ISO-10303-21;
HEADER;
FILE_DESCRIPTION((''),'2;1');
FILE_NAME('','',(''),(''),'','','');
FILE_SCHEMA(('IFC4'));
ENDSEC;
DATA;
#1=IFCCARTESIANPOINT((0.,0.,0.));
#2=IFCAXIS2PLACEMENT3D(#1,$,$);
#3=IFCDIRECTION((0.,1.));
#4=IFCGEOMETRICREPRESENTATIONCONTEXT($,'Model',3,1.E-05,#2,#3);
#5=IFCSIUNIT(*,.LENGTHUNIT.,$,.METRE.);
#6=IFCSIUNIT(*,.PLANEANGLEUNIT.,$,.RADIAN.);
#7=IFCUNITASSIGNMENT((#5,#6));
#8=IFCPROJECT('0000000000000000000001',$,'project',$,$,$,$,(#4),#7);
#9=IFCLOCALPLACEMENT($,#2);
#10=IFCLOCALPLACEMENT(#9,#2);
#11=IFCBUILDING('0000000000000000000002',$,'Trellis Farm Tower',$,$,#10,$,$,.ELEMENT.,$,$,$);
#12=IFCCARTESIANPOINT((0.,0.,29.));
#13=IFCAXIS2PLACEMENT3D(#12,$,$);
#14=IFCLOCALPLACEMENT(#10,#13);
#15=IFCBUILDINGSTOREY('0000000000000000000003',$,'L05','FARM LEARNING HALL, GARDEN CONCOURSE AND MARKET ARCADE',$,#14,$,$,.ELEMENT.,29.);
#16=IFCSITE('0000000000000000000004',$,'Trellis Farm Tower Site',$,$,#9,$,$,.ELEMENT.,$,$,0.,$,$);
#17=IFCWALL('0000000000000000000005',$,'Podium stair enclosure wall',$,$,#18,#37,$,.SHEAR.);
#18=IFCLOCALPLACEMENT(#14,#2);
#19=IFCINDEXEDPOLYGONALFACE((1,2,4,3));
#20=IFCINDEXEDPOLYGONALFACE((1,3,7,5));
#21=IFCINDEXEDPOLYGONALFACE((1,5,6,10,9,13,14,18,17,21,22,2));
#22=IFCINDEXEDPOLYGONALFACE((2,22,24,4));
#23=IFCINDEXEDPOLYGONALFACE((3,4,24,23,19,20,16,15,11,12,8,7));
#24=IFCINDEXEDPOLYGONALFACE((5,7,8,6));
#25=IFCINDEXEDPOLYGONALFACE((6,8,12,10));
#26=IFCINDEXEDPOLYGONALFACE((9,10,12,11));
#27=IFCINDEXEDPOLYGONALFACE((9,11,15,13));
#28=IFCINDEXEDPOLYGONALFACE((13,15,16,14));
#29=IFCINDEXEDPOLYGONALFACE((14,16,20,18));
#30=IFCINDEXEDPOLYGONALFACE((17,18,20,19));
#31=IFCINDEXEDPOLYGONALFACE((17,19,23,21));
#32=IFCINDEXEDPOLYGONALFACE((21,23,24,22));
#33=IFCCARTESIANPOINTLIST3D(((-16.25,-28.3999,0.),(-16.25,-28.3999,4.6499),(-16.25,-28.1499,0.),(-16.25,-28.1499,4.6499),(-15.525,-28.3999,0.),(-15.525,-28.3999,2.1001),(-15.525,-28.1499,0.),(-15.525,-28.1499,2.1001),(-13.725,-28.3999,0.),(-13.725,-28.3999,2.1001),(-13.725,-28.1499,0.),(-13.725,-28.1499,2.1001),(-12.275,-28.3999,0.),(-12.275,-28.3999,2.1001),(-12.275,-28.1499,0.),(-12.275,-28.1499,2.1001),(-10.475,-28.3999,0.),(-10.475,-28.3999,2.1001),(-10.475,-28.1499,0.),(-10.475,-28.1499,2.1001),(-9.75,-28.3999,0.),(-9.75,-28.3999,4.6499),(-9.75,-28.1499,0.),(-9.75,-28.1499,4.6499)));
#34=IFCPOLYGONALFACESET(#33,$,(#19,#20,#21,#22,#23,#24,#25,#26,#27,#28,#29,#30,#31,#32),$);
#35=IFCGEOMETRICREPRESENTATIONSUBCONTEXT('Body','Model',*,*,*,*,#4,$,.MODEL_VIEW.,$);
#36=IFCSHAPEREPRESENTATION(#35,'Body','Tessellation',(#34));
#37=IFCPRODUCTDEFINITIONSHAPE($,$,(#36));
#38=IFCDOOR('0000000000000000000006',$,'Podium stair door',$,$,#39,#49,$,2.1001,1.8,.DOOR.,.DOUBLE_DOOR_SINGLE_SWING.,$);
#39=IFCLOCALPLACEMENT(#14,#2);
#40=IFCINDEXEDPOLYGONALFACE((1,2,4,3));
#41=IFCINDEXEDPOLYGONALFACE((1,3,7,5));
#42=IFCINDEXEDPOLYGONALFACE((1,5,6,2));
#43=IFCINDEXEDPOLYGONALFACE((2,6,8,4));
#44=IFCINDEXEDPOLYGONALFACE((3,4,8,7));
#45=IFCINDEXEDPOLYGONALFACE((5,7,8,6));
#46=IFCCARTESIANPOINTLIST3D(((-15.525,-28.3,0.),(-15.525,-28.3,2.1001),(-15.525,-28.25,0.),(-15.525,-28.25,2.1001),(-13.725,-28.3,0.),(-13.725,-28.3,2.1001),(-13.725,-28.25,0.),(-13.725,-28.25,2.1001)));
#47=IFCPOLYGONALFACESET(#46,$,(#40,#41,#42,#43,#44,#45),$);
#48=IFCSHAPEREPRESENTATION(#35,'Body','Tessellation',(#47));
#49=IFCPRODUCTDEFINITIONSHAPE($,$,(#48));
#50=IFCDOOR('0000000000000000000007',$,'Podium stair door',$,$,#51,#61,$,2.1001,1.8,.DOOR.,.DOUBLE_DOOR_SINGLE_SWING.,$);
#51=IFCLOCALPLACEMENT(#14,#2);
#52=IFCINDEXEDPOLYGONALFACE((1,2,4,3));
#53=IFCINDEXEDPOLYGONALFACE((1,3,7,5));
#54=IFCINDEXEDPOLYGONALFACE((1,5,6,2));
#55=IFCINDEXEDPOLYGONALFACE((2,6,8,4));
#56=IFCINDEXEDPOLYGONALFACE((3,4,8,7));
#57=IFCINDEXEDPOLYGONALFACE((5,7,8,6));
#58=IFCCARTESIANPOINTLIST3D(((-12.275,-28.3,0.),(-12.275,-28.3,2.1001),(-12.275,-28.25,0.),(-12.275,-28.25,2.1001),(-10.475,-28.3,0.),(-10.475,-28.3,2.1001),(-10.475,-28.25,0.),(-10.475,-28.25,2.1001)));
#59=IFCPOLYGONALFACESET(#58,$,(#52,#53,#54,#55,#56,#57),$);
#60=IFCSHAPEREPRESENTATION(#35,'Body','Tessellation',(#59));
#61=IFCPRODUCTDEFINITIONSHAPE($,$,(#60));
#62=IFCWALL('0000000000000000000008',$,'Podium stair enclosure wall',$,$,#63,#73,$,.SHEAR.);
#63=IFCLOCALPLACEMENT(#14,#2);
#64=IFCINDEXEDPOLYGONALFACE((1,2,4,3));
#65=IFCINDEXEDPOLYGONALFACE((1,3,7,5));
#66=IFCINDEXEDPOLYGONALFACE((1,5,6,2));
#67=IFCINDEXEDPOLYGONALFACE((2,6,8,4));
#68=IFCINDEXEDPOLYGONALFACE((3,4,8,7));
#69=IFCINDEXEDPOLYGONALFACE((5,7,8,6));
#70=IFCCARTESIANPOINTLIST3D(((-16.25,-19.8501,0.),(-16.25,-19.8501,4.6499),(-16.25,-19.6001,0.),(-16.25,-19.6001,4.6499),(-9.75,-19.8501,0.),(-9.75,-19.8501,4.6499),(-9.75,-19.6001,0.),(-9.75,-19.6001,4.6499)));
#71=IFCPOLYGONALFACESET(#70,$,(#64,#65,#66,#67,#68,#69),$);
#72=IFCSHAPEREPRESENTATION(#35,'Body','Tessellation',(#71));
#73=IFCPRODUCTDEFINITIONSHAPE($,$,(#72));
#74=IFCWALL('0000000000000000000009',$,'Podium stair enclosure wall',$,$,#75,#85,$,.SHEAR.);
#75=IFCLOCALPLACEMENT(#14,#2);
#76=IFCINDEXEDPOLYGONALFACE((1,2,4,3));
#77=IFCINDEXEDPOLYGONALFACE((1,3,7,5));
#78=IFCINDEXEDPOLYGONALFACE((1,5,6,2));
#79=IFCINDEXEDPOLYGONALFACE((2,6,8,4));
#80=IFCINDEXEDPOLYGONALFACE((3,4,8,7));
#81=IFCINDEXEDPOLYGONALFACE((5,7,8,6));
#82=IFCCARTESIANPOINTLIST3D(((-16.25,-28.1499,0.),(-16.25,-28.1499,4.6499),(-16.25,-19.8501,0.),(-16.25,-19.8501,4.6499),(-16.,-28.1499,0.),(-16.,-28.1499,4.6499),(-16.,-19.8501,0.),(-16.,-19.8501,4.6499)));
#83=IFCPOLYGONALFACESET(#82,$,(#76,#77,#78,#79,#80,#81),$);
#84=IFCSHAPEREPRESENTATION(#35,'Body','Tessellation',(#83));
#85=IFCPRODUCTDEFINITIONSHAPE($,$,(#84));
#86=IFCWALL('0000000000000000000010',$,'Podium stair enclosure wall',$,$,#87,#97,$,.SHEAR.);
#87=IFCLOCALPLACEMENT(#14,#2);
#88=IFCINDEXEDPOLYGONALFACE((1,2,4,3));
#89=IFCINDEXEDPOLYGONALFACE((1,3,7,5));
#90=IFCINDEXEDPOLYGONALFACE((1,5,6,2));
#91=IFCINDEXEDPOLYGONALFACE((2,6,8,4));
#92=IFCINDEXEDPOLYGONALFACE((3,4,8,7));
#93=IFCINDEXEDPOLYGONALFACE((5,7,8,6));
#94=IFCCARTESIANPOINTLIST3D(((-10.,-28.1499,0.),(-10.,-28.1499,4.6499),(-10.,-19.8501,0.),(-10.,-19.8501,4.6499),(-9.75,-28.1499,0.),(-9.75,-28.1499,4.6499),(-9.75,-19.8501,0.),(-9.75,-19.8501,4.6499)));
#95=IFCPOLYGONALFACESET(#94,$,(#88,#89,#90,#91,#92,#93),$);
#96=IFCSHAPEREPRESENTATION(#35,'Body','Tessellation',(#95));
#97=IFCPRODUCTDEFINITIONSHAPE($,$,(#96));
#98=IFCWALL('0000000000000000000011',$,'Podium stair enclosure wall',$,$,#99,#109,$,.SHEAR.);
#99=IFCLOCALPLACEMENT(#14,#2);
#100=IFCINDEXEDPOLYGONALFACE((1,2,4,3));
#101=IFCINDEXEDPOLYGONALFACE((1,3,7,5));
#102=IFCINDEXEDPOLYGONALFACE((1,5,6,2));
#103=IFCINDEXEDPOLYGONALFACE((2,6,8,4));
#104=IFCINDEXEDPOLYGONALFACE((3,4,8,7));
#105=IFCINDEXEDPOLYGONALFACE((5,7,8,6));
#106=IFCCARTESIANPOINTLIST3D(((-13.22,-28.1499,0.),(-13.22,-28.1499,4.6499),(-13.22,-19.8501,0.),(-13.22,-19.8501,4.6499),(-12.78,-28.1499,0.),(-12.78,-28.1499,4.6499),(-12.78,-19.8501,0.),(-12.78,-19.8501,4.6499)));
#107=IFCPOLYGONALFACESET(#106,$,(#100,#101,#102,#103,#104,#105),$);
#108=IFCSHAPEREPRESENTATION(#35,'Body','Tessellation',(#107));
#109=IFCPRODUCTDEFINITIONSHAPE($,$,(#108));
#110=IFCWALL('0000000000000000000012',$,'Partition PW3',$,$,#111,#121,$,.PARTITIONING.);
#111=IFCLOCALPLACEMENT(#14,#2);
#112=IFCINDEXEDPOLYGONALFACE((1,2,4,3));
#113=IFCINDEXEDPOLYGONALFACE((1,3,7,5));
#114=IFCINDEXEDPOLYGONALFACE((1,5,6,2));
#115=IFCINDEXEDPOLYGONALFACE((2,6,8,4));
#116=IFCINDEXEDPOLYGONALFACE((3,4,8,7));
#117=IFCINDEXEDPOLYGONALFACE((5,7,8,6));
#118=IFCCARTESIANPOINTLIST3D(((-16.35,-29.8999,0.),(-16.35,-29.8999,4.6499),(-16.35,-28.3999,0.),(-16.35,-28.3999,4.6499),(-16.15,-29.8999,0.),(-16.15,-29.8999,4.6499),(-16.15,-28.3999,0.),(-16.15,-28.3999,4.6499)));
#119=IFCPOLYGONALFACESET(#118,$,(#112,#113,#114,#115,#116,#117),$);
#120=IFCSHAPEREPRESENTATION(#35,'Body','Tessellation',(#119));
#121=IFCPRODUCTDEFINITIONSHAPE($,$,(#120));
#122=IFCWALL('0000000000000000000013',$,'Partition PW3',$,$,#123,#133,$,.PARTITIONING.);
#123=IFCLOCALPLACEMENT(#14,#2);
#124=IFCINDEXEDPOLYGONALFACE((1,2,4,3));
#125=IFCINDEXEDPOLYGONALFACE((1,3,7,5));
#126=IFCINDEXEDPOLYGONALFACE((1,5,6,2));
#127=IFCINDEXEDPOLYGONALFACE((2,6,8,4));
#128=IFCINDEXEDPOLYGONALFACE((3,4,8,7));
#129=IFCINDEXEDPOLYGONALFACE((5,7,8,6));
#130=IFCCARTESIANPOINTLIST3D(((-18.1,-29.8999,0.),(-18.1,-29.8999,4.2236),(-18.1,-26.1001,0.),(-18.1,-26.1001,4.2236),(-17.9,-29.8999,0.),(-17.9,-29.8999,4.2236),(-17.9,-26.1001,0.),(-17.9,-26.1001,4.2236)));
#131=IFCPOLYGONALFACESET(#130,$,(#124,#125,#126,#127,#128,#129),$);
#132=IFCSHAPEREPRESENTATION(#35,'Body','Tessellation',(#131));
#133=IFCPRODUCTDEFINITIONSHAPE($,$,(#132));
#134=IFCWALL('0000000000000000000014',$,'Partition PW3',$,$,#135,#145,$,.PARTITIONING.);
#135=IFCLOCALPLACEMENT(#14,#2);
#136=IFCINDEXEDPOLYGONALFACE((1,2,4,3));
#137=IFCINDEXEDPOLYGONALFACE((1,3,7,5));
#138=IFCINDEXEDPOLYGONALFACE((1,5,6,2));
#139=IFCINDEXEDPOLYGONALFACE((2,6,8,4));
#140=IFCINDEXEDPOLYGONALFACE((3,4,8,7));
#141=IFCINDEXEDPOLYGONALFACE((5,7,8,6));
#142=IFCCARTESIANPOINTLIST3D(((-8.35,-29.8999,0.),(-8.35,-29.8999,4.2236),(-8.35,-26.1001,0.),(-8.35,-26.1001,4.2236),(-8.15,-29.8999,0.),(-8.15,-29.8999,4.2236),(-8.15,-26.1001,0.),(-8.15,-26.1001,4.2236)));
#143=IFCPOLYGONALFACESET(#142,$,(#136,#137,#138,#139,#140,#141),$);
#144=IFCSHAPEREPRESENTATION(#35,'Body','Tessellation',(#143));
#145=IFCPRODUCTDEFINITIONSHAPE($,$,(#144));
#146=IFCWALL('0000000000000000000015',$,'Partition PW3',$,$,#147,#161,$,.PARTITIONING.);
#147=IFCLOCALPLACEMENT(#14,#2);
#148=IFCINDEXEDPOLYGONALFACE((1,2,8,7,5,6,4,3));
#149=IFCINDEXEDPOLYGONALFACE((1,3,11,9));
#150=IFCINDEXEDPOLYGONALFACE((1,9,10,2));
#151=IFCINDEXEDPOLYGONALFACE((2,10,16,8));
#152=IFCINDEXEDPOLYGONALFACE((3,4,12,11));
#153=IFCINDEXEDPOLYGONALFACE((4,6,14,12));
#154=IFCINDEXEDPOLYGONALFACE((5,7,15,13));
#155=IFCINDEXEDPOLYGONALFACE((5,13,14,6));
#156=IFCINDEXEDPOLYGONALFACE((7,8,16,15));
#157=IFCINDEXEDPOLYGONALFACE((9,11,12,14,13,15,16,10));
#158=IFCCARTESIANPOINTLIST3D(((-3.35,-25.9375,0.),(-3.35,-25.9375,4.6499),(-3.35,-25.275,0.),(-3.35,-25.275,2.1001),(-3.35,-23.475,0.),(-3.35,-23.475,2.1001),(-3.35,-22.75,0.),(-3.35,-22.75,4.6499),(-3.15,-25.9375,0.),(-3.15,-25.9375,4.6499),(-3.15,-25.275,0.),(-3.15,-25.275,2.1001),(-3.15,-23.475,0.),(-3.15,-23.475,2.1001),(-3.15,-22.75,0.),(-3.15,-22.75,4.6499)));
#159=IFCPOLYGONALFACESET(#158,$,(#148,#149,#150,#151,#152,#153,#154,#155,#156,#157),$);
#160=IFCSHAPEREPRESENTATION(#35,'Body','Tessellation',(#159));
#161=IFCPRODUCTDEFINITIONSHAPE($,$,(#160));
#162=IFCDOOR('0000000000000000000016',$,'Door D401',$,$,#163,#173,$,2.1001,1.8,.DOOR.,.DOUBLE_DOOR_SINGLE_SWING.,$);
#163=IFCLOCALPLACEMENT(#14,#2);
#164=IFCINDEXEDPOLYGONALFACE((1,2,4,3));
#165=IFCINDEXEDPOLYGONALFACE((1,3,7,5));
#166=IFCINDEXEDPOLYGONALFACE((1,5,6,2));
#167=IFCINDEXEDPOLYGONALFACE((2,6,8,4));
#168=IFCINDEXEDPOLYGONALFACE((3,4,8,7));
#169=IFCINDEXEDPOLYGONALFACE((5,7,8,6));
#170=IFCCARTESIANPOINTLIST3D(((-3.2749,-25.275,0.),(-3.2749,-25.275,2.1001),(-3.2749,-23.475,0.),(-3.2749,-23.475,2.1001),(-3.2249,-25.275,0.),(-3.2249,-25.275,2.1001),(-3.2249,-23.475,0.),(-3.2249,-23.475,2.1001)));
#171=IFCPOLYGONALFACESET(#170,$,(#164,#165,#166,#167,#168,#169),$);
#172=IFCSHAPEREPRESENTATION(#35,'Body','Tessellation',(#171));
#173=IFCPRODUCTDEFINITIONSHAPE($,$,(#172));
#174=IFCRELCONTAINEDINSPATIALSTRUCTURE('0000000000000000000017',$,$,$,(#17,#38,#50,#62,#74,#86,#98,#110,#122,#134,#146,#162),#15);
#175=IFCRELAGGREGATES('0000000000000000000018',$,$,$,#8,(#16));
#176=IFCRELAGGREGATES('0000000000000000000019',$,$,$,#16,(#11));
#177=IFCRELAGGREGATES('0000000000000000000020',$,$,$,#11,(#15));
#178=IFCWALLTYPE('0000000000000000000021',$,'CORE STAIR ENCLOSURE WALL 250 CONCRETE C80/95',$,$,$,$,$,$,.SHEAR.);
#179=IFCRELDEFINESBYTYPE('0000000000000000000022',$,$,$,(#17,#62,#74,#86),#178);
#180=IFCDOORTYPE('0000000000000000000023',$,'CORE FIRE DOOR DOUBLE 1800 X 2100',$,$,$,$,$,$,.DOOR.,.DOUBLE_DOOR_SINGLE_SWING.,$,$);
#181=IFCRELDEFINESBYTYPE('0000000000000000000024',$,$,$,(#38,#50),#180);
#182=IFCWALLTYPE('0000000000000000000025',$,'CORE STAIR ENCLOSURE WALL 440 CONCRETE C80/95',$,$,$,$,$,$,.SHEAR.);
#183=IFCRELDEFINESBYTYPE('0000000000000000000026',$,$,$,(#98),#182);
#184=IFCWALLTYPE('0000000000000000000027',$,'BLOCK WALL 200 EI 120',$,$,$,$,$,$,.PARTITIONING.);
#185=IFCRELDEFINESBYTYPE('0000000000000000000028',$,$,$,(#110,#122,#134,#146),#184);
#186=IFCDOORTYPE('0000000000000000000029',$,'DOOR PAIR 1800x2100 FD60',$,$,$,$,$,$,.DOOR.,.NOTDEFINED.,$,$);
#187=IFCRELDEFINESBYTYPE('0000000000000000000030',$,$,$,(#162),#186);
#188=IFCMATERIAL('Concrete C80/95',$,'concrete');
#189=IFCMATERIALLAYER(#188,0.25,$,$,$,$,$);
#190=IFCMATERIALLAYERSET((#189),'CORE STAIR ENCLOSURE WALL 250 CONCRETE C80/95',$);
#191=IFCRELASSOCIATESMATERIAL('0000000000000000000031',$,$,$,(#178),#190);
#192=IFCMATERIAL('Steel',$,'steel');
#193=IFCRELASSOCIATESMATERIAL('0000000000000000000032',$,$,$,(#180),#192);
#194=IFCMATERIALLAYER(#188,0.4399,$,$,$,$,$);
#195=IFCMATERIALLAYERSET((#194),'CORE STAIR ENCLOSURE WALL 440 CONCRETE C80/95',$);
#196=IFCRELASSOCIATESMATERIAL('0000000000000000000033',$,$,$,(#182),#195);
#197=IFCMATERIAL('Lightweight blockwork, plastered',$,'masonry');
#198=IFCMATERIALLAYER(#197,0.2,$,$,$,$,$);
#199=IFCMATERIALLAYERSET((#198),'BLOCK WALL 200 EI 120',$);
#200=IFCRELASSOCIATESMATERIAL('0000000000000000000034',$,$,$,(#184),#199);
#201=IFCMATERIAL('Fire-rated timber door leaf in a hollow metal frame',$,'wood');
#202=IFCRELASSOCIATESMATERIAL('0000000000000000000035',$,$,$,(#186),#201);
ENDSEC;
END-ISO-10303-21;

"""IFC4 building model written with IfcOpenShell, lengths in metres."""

from ifc_helpers import new_model, si_unit, direction, frame, frame_2d, origin, place, context, subcontext, project, spatial, rectangle, extrude, source, transform, mapped, material, layer, layer_set, type_object, element, fill, save


model = new_model("IFC4")

# Units and contexts
model_context = context("Model", 3, precision=1e-05, world=origin(), true_north=direction((0.0, 1.0)))
body_context = subcontext(model_context, "Body", "Model", "MODEL_VIEW")
ifc_project = project(units=[si_unit("LENGTHUNIT", "METRE"), si_unit("PLANEANGLEUNIT", "RADIAN")], contexts=[model_context])

# Site, building, storey
site_placement = place(None, origin())
site = spatial("IfcSite", under=ifc_project, at=site_placement, Name="Trellis Farm Tower Site", CompositionType="ELEMENT", RefElevation=0.0)
building_placement = place(site_placement, origin())
building = spatial("IfcBuilding", under=site, at=building_placement, Name="Trellis Farm Tower", CompositionType="ELEMENT")
storey_placement = place(building_placement, frame((0.0, 0.0, 29.0)))
storey = spatial("IfcBuildingStorey", under=building, at=storey_placement, Name="L05", Description="FARM LEARNING HALL, GARDEN CONCOURSE AND MARKET ARCADE", CompositionType="ELEMENT", Elevation=29.0)

# Shared definitions
ifc_material_1 = material(Name="Concrete C80/95", Category="concrete")

# Wall, openings, doors
ifc_layer_1 = layer(ifc_material_1, 0.25)
ifc_layer_set_1 = layer_set([ifc_layer_1], Name="CORE STAIR ENCLOSURE WALL 250 CONCRETE C80/95")
wall_type_1 = type_object("IfcWallType", Name="CORE STAIR ENCLOSURE WALL 250 CONCRETE C80/95", PredefinedType="SHEAR", material=ifc_layer_set_1)
shared_shape_1 = source(origin(), body_context, "Body", "SweptSolid", [
    extrude(rectangle(XDim=6.5, YDim=0.25, at=frame_2d((3.25, 0.0))), origin(), (0.0, 0.0, 1.0), 4.6499),
])
wall_1_placement = place(storey_placement, frame((-16.25, -28.2749, 0.0), z_axis=(0.0, 0.0, 1.0), x_axis=(1.0, 0.0, 0.0)))
wall_1 = element("IfcWall", 1, at=wall_1_placement, inside=storey, type_object=wall_type_1, Name="Podium stair enclosure wall", PredefinedType="SHEAR", context=body_context, shape_type="MappedRepresentation", body=[
    mapped(shared_shape_1, transform((0.0, 0.0, 0.0))),
])
shared_shape_2 = source(origin(), body_context, "Body", "SweptSolid", [
    extrude(rectangle(XDim=1.8, YDim=2.1001, at=frame_2d((0.8999, 1.05))), frame((0.0, 0.135, 0.0), z_axis=(0.0, -1.0, 0.0), x_axis=(1.0, 0.0, 0.0)), (0.0, 0.0, 1.0), 0.27),
])
opening_1_placement = place(wall_1_placement, frame((0.7251, 0.0, 0.0)))
opening_1 = element("IfcOpeningElement", 2, at=opening_1_placement, cuts=wall_1, PredefinedType="OPENING", context=body_context, shape_type="MappedRepresentation", body=[
    mapped(shared_shape_2, transform((0.0, 0.0, 0.0))),
])
opening_2_placement = place(wall_1_placement, frame((3.9751, 0.0, 0.0)))
opening_2 = element("IfcOpeningElement", 3, at=opening_2_placement, cuts=wall_1, PredefinedType="OPENING", context=body_context, shape_type="MappedRepresentation", body=[
    mapped(shared_shape_2, transform((0.0, 0.0, 0.0))),
])
ifc_material_2 = material(Name="Steel", Category="steel")
door_type_1 = type_object("IfcDoorType", Name="CORE FIRE DOOR DOUBLE 1800 X 2100", OperationType="DOUBLE_DOOR_SINGLE_SWING", PredefinedType="DOOR", material=ifc_material_2)
shared_shape_3 = source(origin(), body_context, "Body", "SweptSolid", [
    extrude(rectangle(XDim=1.8, YDim=2.1001, at=frame_2d((0.8999, 1.05))), frame((0.0, 0.0249, 0.0), z_axis=(0.0, -1.0, 0.0), x_axis=(1.0, 0.0, 0.0)), (0.0, 0.0, 1.0), 0.05),
])
door_1_placement = place(opening_1_placement, origin())
door_1 = element("IfcDoor", 4, at=door_1_placement, inside=storey, type_object=door_type_1, Name="Podium stair door", OperationType="DOUBLE_DOOR_SINGLE_SWING", OverallHeight=2.1001, OverallWidth=1.8, PredefinedType="DOOR", context=body_context, shape_type="MappedRepresentation", body=[
    mapped(shared_shape_3, transform((0.0, 0.0, 0.0))),
])
fill(opening_1, door_1)
door_2_placement = place(opening_2_placement, origin())
door_2 = element("IfcDoor", 5, at=door_2_placement, inside=storey, type_object=door_type_1, Name="Podium stair door", OperationType="DOUBLE_DOOR_SINGLE_SWING", OverallHeight=2.1001, OverallWidth=1.8, PredefinedType="DOOR", context=body_context, shape_type="MappedRepresentation", body=[
    mapped(shared_shape_3, transform((0.0, 0.0, 0.0))),
])
fill(opening_2, door_2)

# Walls
wall_2_placement = place(storey_placement, frame((-16.25, -19.7251, 0.0), z_axis=(0.0, 0.0, 1.0), x_axis=(1.0, 0.0, 0.0)))
element("IfcWall", 6, at=wall_2_placement, inside=storey, type_object=wall_type_1, Name="Podium stair enclosure wall", PredefinedType="SHEAR", context=body_context, shape_type="MappedRepresentation", body=[
    mapped(shared_shape_1, transform((0.0, 0.0, 0.0))),
])
shared_shape_4 = source(origin(), body_context, "Body", "SweptSolid", [
    extrude(rectangle(XDim=8.2998, YDim=0.25, at=frame_2d((4.1499, 0.0))), origin(), (0.0, 0.0, 1.0), 4.6499),
])
for number, where, z_axis, x_axis, name in (
    (7, (-16.125, -28.1499, 0.0), (0.0, 0.0, 1.0), (0.0, 1.0, 0.0), "Podium stair enclosure wall"),
    (8, (-9.875, -28.1499, 0.0), (0.0, 0.0, 1.0), (0.0, 1.0, 0.0), "Podium stair enclosure wall"),
):
    element("IfcWall", number, at=place(storey_placement, frame(where, z_axis=z_axis, x_axis=x_axis)), inside=storey, type_object=wall_type_1, Name=name, PredefinedType="SHEAR", context=body_context, shape_type="MappedRepresentation", body=[
        mapped(shared_shape_4, transform((0.0, 0.0, 0.0))),
    ])
ifc_layer_2 = layer(ifc_material_1, 0.4399)
ifc_layer_set_2 = layer_set([ifc_layer_2], Name="CORE STAIR ENCLOSURE WALL 440 CONCRETE C80/95")
wall_type_2 = type_object("IfcWallType", Name="CORE STAIR ENCLOSURE WALL 440 CONCRETE C80/95", PredefinedType="SHEAR", material=ifc_layer_set_2)
shared_shape_5 = source(origin(), body_context, "Body", "SweptSolid", [
    extrude(rectangle(XDim=8.2998, YDim=0.4399, at=frame_2d((4.1499, 0.0))), origin(), (0.0, 0.0, 1.0), 4.6499),
])
wall_3_placement = place(storey_placement, frame((-13.0, -28.1499, 0.0), z_axis=(0.0, 0.0, 1.0), x_axis=(0.0, 1.0, 0.0)))
element("IfcWall", 9, at=wall_3_placement, inside=storey, type_object=wall_type_2, Name="Podium stair enclosure wall", PredefinedType="SHEAR", context=body_context, shape_type="MappedRepresentation", body=[
    mapped(shared_shape_5, transform((0.0, 0.0, 0.0))),
])
ifc_material_3 = material(Name="Lightweight blockwork, plastered", Category="masonry")
ifc_layer_3 = layer(ifc_material_3, 0.2)
ifc_layer_set_3 = layer_set([ifc_layer_3], Name="BLOCK WALL 200 EI 120")
wall_type_3 = type_object("IfcWallType", Name="BLOCK WALL 200 EI 120", PredefinedType="PARTITIONING", material=ifc_layer_set_3)
shared_shape_6 = source(origin(), body_context, "Body", "SweptSolid", [
    extrude(rectangle(XDim=1.5, YDim=0.2, at=frame_2d((0.75, 0.0))), origin(), (0.0, 0.0, 1.0), 4.6499),
])
wall_4_placement = place(storey_placement, frame((-16.25, -28.3999, 0.0), z_axis=(0.0, 0.0, 1.0), x_axis=(0.0, -1.0, 0.0)))
element("IfcWall", 10, at=wall_4_placement, inside=storey, type_object=wall_type_3, Name="Partition PW3", PredefinedType="PARTITIONING", context=body_context, shape_type="MappedRepresentation", body=[
    mapped(shared_shape_6, transform((0.0, 0.0, 0.0))),
])
shared_shape_7 = source(origin(), body_context, "Body", "SweptSolid", [
    extrude(rectangle(XDim=3.7998, YDim=0.2, at=frame_2d((1.8999, 0.0))), origin(), (0.0, 0.0, 1.0), 4.2236),
])
for number, where, z_axis, x_axis, name in (
    (11, (-18.0, -26.1001, 0.0), (0.0, 0.0, 1.0), (0.0, -1.0, 0.0), "Partition PW3"),
    (12, (-8.25, -26.1001, 0.0), (0.0, 0.0, 1.0), (0.0, -1.0, 0.0), "Partition PW3"),
):
    element("IfcWall", number, at=place(storey_placement, frame(where, z_axis=z_axis, x_axis=x_axis)), inside=storey, type_object=wall_type_3, Name=name, PredefinedType="PARTITIONING", context=body_context, shape_type="MappedRepresentation", body=[
        mapped(shared_shape_7, transform((0.0, 0.0, 0.0))),
    ])

# Wall, opening, door
shared_shape_8 = source(origin(), body_context, "Body", "SweptSolid", [
    extrude(rectangle(XDim=3.1875, YDim=0.2, at=frame_2d((1.5938, 0.0))), origin(), (0.0, 0.0, 1.0), 4.6499),
])
wall_5_placement = place(storey_placement, frame((-3.25, -25.9375, 0.0), z_axis=(0.0, 0.0, 1.0), x_axis=(0.0, 1.0, 0.0)))
wall_5 = element("IfcWall", 13, at=wall_5_placement, inside=storey, type_object=wall_type_3, Name="Partition PW3", PredefinedType="PARTITIONING", context=body_context, shape_type="MappedRepresentation", body=[
    mapped(shared_shape_8, transform((0.0, 0.0, 0.0))),
])
shared_shape_9 = source(origin(), body_context, "Body", "SweptSolid", [
    extrude(rectangle(XDim=1.8, YDim=2.1001, at=frame_2d((0.8999, 1.05))), frame((0.0, 0.1101, 0.0), z_axis=(0.0, -1.0, 0.0), x_axis=(1.0, 0.0, 0.0)), (0.0, 0.0, 1.0), 0.2202),
])
opening_3_placement = place(wall_5_placement, frame((0.6626, 0.0, 0.0)))
opening_3 = element("IfcOpeningElement", 14, at=opening_3_placement, cuts=wall_5, PredefinedType="OPENING", context=body_context, shape_type="MappedRepresentation", body=[
    mapped(shared_shape_9, transform((0.0, 0.0, 0.0))),
])
ifc_material_4 = material(Name="Fire-rated timber door leaf in a hollow metal frame", Category="wood")
door_type_2 = type_object("IfcDoorType", Name="DOOR PAIR 1800x2100 FD60", OperationType="NOTDEFINED", PredefinedType="DOOR", material=ifc_material_4)
door_3_placement = place(opening_3_placement, origin())
door_3 = element("IfcDoor", 15, at=door_3_placement, inside=storey, type_object=door_type_2, Name="Door D401", OperationType="DOUBLE_DOOR_SINGLE_SWING", OverallHeight=2.1001, OverallWidth=1.8, PredefinedType="DOOR", context=body_context, shape_type="MappedRepresentation", body=[
    mapped(shared_shape_3, transform((0.0, 0.0, 0.0))),
])
fill(opening_3, door_3)

save(model, "model.ifc")
